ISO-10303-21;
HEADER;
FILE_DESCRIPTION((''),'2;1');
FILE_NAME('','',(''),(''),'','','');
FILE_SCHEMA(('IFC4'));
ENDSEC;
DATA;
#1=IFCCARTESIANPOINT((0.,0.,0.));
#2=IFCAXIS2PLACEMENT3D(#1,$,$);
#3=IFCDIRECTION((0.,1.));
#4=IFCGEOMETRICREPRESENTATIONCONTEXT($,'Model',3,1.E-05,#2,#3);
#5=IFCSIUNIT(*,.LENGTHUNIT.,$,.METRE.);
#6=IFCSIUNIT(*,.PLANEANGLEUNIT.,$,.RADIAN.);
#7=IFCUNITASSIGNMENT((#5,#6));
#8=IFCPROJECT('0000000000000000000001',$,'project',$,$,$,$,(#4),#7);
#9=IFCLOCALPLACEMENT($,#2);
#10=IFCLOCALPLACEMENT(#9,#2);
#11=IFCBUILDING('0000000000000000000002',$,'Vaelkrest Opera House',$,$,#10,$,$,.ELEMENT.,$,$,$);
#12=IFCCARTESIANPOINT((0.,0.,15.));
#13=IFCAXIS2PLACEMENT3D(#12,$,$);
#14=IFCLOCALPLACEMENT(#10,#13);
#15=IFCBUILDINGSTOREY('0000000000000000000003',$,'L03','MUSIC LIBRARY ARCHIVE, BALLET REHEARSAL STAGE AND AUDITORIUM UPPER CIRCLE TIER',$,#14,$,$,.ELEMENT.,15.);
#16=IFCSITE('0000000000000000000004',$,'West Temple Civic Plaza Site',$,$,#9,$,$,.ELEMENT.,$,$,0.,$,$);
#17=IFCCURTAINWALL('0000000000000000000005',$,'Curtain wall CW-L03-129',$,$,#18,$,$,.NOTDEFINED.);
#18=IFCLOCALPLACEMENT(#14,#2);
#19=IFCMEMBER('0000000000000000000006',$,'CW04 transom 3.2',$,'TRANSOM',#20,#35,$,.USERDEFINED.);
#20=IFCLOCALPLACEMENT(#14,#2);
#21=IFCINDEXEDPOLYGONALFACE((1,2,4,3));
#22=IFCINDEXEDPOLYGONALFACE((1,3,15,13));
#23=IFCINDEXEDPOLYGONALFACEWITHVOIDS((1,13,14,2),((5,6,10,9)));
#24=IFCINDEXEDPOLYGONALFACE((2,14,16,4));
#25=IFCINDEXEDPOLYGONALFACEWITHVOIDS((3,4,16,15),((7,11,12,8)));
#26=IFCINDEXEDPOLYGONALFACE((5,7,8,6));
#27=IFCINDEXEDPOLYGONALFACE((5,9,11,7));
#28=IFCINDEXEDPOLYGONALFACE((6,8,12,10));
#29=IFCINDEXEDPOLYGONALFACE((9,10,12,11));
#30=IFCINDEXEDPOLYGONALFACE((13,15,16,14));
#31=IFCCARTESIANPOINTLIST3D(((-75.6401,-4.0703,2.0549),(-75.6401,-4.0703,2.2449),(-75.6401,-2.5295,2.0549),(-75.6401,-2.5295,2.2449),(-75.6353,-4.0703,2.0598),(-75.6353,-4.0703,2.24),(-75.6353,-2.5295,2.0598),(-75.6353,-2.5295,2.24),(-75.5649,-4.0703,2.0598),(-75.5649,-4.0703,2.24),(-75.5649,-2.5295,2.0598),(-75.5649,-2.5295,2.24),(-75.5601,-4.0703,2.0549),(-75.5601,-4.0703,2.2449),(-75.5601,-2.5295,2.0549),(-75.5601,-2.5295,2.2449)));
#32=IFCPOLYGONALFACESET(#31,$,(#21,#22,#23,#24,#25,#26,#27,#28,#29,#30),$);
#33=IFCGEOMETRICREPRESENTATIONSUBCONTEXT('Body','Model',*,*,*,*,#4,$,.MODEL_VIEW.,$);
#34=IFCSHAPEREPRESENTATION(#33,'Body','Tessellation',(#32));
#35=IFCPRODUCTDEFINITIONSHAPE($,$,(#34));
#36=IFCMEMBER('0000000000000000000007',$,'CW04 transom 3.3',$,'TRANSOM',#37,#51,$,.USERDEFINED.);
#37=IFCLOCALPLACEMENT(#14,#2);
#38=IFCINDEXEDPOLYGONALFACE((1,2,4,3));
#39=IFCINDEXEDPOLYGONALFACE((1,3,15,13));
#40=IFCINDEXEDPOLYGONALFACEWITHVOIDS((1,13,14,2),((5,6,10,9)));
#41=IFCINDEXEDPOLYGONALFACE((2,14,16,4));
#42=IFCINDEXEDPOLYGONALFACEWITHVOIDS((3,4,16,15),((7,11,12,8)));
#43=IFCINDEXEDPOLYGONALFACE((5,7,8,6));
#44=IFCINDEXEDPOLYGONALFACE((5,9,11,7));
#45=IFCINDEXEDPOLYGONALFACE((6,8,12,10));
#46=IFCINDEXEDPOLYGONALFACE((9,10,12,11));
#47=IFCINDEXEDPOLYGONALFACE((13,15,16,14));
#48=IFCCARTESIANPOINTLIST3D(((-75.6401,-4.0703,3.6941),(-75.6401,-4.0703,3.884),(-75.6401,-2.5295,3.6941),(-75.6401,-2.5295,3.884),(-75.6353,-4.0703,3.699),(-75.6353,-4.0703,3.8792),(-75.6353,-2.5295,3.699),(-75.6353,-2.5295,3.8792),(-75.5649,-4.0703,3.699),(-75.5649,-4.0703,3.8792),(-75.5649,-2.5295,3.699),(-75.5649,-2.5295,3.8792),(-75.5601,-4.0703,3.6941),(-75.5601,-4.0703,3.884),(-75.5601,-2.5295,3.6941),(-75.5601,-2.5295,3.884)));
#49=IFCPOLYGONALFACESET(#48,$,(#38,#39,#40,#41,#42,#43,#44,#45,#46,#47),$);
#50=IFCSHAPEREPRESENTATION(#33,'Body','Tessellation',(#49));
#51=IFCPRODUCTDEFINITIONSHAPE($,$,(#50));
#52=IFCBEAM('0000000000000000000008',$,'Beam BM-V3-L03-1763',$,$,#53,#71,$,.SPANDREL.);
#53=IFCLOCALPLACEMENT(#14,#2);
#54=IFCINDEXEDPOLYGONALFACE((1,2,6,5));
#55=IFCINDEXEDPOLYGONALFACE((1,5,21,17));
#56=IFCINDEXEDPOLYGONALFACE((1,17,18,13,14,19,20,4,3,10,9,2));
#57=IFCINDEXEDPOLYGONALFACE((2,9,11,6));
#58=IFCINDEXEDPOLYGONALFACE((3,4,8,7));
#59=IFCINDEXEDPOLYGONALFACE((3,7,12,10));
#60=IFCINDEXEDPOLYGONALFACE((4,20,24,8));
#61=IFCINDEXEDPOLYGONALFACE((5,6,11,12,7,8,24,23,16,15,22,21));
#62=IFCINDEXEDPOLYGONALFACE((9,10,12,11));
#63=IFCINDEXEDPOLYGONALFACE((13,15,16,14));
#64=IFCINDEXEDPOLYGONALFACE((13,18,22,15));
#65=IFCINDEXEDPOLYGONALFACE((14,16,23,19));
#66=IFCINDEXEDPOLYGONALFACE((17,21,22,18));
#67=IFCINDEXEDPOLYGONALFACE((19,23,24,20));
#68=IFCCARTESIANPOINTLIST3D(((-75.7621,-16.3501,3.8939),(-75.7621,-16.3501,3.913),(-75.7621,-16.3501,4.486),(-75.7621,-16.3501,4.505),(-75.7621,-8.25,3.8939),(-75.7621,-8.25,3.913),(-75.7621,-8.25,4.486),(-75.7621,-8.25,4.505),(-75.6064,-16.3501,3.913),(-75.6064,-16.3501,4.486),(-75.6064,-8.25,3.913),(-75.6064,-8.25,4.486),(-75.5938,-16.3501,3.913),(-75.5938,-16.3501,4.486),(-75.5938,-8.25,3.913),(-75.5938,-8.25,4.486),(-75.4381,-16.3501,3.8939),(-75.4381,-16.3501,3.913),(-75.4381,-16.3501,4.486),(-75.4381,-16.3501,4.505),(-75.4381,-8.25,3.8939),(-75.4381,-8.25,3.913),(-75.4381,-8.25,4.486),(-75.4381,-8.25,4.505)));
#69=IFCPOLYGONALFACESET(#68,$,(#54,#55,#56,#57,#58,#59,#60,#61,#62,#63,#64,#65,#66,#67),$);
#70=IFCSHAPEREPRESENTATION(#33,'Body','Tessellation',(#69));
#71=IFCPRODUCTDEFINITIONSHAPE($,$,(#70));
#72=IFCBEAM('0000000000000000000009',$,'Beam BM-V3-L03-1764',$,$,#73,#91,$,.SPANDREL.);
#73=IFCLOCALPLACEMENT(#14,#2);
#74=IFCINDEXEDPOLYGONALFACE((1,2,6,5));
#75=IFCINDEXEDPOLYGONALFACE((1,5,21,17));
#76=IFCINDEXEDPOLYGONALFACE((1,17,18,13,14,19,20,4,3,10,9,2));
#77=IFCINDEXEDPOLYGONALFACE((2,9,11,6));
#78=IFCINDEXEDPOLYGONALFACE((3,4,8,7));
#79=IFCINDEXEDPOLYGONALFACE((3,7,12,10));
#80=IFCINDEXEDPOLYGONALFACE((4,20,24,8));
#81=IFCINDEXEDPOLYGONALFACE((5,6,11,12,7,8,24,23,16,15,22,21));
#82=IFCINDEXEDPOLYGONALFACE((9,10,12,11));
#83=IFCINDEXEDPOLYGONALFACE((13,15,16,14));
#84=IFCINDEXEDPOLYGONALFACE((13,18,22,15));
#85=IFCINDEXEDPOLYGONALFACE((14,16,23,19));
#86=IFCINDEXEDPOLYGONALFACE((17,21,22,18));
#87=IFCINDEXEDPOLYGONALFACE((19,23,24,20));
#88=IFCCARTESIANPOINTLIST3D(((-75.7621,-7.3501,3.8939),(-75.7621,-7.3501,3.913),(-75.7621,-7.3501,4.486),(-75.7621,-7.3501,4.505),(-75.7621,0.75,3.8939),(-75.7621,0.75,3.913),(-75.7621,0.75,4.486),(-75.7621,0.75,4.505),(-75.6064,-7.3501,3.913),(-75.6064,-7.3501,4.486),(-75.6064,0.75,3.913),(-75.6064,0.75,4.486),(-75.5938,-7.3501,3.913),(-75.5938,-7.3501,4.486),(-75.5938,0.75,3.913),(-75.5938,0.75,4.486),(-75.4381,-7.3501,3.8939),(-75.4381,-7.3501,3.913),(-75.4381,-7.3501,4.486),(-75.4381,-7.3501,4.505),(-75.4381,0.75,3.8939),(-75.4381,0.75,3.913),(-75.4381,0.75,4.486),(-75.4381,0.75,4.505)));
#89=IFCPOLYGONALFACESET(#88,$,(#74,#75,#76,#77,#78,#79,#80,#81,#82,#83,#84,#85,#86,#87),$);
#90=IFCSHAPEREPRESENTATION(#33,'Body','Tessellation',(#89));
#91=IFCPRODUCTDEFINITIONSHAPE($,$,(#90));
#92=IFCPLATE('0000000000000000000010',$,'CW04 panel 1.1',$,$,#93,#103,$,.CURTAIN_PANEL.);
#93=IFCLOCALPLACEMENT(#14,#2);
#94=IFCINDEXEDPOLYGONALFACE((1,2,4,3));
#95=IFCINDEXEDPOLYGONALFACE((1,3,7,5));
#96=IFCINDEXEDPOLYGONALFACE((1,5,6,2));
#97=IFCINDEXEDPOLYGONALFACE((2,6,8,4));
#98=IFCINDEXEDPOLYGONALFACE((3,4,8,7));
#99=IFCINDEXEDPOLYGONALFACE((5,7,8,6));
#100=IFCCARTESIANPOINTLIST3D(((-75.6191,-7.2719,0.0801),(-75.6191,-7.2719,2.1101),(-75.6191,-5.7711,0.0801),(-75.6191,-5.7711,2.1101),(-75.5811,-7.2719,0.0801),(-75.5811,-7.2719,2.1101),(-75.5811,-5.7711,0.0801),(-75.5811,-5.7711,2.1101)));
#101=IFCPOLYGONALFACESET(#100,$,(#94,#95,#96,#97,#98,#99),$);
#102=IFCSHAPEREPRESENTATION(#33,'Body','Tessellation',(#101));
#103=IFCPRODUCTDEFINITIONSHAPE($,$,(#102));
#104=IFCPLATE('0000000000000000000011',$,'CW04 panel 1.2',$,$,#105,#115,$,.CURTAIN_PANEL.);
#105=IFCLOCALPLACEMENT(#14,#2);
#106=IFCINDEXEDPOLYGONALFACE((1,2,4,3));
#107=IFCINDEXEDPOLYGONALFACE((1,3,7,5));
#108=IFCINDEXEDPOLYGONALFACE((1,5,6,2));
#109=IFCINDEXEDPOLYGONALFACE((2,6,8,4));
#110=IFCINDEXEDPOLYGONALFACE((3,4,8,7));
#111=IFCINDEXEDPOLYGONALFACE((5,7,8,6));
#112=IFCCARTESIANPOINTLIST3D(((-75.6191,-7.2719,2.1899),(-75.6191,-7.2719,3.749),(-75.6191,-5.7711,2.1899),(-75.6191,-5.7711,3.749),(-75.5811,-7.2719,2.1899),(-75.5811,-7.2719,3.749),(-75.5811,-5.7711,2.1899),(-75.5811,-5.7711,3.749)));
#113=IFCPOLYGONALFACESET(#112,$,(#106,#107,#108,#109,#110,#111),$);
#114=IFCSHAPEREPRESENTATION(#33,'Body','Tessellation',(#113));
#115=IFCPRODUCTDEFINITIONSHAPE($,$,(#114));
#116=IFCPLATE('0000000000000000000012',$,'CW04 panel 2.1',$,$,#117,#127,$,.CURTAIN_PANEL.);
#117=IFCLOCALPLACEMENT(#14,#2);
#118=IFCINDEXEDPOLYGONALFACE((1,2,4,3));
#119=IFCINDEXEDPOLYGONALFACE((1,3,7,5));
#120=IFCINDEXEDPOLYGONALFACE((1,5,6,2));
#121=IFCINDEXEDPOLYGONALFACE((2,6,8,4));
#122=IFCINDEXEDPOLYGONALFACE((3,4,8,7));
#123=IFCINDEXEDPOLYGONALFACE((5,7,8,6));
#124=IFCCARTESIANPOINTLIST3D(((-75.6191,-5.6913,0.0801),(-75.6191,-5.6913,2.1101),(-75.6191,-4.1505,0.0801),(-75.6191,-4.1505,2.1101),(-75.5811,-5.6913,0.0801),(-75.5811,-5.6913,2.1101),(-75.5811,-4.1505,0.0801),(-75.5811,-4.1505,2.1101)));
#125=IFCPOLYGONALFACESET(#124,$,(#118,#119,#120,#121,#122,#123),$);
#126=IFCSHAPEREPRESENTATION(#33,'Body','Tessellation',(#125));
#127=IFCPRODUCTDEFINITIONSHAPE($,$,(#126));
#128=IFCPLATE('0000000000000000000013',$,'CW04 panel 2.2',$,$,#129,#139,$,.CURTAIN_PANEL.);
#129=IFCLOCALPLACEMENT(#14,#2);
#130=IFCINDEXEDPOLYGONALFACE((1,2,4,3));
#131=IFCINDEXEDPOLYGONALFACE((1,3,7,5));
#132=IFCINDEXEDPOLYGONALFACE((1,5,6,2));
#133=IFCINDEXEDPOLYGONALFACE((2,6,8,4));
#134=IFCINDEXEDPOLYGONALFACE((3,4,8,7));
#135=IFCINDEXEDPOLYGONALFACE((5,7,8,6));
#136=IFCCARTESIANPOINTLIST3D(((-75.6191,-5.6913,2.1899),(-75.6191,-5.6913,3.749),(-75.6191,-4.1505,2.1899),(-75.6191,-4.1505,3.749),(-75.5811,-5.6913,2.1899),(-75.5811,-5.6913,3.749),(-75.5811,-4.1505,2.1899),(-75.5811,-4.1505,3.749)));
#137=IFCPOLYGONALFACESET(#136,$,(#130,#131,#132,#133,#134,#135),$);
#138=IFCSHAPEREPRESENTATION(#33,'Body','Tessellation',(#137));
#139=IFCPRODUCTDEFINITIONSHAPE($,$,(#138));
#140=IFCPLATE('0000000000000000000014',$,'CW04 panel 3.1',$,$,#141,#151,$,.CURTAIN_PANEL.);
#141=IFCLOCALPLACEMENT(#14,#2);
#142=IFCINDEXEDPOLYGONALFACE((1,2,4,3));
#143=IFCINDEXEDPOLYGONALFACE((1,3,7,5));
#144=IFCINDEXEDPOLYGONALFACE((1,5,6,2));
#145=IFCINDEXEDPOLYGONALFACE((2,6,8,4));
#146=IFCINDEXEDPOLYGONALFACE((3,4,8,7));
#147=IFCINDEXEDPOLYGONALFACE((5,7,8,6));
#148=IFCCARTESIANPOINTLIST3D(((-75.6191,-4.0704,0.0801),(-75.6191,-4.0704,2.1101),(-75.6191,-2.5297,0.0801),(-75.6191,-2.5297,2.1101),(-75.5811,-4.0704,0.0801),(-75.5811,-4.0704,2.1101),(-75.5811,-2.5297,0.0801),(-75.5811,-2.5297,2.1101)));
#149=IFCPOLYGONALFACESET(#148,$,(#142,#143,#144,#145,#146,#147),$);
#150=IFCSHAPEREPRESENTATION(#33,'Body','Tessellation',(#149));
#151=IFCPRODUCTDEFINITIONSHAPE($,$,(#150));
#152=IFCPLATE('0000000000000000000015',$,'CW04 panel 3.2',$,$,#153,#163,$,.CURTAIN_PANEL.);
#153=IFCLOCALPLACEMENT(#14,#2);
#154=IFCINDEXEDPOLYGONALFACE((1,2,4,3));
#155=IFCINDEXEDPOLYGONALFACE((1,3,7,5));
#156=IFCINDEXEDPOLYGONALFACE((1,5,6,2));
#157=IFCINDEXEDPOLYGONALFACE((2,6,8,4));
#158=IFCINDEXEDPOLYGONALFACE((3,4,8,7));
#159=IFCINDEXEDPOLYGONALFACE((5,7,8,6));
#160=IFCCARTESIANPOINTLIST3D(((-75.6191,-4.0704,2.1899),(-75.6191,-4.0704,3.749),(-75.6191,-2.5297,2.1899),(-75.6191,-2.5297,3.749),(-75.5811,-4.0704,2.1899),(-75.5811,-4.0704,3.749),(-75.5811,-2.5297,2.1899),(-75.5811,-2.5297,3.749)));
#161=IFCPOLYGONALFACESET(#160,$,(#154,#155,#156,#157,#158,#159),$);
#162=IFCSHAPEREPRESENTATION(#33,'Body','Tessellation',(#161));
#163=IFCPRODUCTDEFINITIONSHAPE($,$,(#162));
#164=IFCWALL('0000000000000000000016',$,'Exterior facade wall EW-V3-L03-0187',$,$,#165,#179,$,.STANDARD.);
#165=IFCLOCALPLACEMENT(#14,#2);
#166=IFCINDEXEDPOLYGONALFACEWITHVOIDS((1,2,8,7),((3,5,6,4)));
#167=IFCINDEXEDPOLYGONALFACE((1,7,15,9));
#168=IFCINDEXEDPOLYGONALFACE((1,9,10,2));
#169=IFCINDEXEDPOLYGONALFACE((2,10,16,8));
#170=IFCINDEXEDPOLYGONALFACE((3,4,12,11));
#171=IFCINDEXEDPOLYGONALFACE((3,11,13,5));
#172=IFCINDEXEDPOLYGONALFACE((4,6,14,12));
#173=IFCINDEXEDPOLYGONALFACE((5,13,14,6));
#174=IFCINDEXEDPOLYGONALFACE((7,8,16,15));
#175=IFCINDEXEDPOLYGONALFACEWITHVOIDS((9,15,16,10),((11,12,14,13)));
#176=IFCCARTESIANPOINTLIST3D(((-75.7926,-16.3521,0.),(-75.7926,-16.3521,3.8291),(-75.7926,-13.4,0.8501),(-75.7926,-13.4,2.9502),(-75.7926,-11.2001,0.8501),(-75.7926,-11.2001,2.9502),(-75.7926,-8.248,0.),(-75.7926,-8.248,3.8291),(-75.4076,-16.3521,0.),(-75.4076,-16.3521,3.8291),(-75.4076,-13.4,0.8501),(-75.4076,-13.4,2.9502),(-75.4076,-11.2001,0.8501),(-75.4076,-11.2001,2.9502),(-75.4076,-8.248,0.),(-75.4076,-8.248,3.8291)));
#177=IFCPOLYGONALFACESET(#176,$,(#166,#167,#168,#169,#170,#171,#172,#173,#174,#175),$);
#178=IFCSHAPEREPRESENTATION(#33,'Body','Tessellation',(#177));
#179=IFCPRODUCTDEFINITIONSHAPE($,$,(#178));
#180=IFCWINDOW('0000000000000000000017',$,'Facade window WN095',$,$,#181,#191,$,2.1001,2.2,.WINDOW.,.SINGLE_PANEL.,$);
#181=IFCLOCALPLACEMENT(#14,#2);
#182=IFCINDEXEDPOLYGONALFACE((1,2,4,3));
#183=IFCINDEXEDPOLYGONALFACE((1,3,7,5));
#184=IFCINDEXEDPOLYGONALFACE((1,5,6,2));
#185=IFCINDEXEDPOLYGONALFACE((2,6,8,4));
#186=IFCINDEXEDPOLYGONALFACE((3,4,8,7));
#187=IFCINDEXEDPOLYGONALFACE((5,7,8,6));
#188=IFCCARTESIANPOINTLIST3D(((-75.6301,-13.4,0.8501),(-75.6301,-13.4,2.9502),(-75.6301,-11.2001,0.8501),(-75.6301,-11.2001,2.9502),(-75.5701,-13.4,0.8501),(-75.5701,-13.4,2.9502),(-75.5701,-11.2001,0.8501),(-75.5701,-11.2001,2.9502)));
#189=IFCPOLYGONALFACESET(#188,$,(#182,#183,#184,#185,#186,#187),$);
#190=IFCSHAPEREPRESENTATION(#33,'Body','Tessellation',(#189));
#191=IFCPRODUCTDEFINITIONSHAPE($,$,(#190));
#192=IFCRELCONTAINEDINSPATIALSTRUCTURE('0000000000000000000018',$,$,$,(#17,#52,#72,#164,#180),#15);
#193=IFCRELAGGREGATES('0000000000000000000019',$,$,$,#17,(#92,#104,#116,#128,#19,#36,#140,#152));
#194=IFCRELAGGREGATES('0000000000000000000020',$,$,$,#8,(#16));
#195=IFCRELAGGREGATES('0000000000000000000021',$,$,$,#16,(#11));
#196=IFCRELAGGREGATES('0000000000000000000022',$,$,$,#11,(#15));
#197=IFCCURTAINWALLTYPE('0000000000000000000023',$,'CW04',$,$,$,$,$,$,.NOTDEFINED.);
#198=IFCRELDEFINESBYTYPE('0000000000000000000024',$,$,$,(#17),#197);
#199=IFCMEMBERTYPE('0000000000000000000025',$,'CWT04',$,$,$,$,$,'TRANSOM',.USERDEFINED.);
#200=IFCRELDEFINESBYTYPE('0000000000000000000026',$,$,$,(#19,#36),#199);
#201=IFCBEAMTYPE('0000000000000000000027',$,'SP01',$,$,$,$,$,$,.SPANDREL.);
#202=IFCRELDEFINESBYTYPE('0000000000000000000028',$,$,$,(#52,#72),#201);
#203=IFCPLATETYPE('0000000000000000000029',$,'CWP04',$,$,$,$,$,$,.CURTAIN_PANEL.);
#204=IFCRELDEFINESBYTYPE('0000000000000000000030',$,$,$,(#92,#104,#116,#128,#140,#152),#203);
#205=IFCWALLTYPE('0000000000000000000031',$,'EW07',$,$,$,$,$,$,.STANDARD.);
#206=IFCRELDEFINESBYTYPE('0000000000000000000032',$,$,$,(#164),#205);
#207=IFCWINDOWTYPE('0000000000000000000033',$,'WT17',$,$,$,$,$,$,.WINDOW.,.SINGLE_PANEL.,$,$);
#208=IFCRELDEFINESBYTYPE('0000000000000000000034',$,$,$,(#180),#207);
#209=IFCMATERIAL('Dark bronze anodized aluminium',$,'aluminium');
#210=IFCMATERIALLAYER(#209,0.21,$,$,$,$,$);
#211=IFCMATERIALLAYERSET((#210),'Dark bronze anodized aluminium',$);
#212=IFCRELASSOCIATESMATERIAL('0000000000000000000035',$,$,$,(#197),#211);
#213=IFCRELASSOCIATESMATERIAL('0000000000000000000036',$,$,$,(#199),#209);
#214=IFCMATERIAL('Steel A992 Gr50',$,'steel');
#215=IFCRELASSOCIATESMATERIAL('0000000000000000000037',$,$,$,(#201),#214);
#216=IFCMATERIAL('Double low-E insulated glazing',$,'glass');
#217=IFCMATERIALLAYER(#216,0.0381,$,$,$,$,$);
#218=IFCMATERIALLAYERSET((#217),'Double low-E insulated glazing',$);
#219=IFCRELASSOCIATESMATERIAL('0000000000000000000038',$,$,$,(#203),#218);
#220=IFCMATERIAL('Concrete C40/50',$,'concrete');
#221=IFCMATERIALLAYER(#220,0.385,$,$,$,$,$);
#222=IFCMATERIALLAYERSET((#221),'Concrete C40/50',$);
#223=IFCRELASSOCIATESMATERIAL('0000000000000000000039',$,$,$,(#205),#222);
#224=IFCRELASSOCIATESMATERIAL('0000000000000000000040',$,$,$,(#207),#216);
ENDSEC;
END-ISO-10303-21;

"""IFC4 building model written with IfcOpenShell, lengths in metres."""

from ifc_helpers import new_model, si_unit, direction, frame, frame_2d, origin, origin_2d, place, context, subcontext, project, spatial, rectangle, hollow_rectangle, i_section, extrude, material, layer, layer_set, material_profile, profile_set, type_object, element, fill, aggregate, save


model = new_model("IFC4")

# Units and contexts
model_context = context("Model", 3, precision=1e-05, world=origin(), true_north=direction((0.0, 1.0)))
body_context = subcontext(model_context, "Body", "Model", "MODEL_VIEW")
ifc_project = project(units=[si_unit("LENGTHUNIT", "METRE"), si_unit("PLANEANGLEUNIT", "RADIAN")], contexts=[model_context])

# Site, building, storey
site_placement = place(None, origin())
site = spatial("IfcSite", under=ifc_project, at=site_placement, Name="West Temple Civic Plaza Site", CompositionType="ELEMENT", RefElevation=0.0)
building_placement = place(site_placement, origin())
building = spatial("IfcBuilding", under=site, at=building_placement, Name="Vaelkrest Opera House", CompositionType="ELEMENT")
storey_placement = place(building_placement, frame((0.0, 0.0, 15.0)))
storey = spatial("IfcBuildingStorey", under=building, at=storey_placement, Name="L03", Description="MUSIC LIBRARY ARCHIVE, BALLET REHEARSAL STAGE AND AUDITORIUM UPPER CIRCLE TIER", CompositionType="ELEMENT", Elevation=15.0)

# Curtain wall, members
ifc_material_1 = material(Name="Dark bronze anodized aluminium", Category="aluminium")
ifc_layer_1 = layer(ifc_material_1, 0.21)
ifc_layer_set_1 = layer_set([ifc_layer_1], Name="Dark bronze anodized aluminium")
curtain_wall_type = type_object("IfcCurtainWallType", Name="CW04", PredefinedType="NOTDEFINED", material=ifc_layer_set_1)
curtain_wall_placement = place(storey_placement, origin())
curtain_wall = element("IfcCurtainWall", 1, at=curtain_wall_placement, inside=storey, type_object=curtain_wall_type, Name="Curtain wall CW-L03-129", PredefinedType="NOTDEFINED")
ifc_material_profile_1 = material_profile(ifc_material_1, hollow_rectangle(XDim=0.0801, YDim=0.1899, WallThickness=0.0049, at=origin_2d()), Name="CWT80X190")
ifc_profile_set_1 = profile_set([ifc_material_profile_1], Name="Dark bronze anodized aluminium")
member_type_1 = type_object("IfcMemberType", Name="CWT04", ElementType="TRANSOM", PredefinedType="USERDEFINED", material=ifc_profile_set_1)
member_1_placement = place(storey_placement, frame((-75.6001, -4.0703, 2.1499), z_axis=(0.0, 1.0, 0.0), x_axis=(-1.0, 0.0, 0.0)))
member_1 = element("IfcMember", 2, at=member_1_placement, type_object=member_type_1, Name="CW04 transom 3.2", ObjectType="TRANSOM", PredefinedType="USERDEFINED", context=body_context, shape_type="SweptSolid", body=[
    extrude(hollow_rectangle(XDim=0.0801, YDim=0.1899, WallThickness=0.0049, at=origin_2d()), origin(), (0.0, 0.0, 1.0), 1.5408),
])
member_2_placement = place(storey_placement, frame((-75.6001, -4.0703, 3.7891), z_axis=(0.0, 1.0, 0.0), x_axis=(-1.0, 0.0, 0.0)))
member_2 = element("IfcMember", 3, at=member_2_placement, type_object=member_type_1, Name="CW04 transom 3.3", ObjectType="TRANSOM", PredefinedType="USERDEFINED", context=body_context, shape_type="SweptSolid", body=[
    extrude(hollow_rectangle(XDim=0.0801, YDim=0.1899, WallThickness=0.0049, at=origin_2d()), origin(), (0.0, 0.0, 1.0), 1.5408),
])

# Beams
ifc_material_2 = material(Name="Steel A992 Gr50", Category="steel")
ifc_material_profile_2 = material_profile(ifc_material_2, i_section(OverallWidth=0.324, OverallDepth=0.6111, WebThickness=0.0127, FlangeThickness=0.019, at=origin_2d()), Name="W24X104")
ifc_profile_set_2 = profile_set([ifc_material_profile_2], Name="Steel A992 Gr50")
beam_type = type_object("IfcBeamType", Name="SP01", PredefinedType="SPANDREL", material=ifc_profile_set_2)
for number, where, z_axis, x_axis, name in (
    (4, (-75.6001, -16.3501, 4.1995), (0.0, 1.0, 0.0), (-1.0, 0.0, 0.0), "Beam BM-V3-L03-1763"),
    (5, (-75.6001, -7.3501, 4.1995), (0.0, 1.0, 0.0), (-1.0, 0.0, 0.0), "Beam BM-V3-L03-1764"),
):
    element("IfcBeam", number, at=place(storey_placement, frame(where, z_axis=z_axis, x_axis=x_axis)), inside=storey, type_object=beam_type, Name=name, PredefinedType="SPANDREL", context=body_context, shape_type="SweptSolid", body=[
        extrude(i_section(OverallWidth=0.324, OverallDepth=0.6111, WebThickness=0.0127, FlangeThickness=0.019, at=origin_2d()), origin(), (0.0, 0.0, 1.0), 8.1001),
    ])

# Plates
ifc_material_3 = material(Name="Double low-E insulated glazing", Category="glass")
ifc_layer_2 = layer(ifc_material_3, 0.0381)
ifc_layer_set_2 = layer_set([ifc_layer_2], Name="Double low-E insulated glazing")
plate_type = type_object("IfcPlateType", Name="CWP04", PredefinedType="CURTAIN_PANEL", material=ifc_layer_set_2)
plate_1_placement = place(storey_placement, frame((-75.6001, -6.5215, 0.0801), z_axis=(0.0, 0.0, 1.0), x_axis=(0.0, 1.0, 0.0)))
plate_1 = element("IfcPlate", 6, at=plate_1_placement, type_object=plate_type, Name="CW04 panel 1.1", PredefinedType="CURTAIN_PANEL", context=body_context, shape_type="SweptSolid", body=[
    extrude(rectangle(XDim=1.5007, YDim=0.0381, at=origin_2d()), origin(), (0.0, 0.0, 1.0), 2.03),
])
plate_2_placement = place(storey_placement, frame((-75.6001, -6.5215, 2.1899), z_axis=(0.0, 0.0, 1.0), x_axis=(0.0, 1.0, 0.0)))
plate_2 = element("IfcPlate", 7, at=plate_2_placement, type_object=plate_type, Name="CW04 panel 1.2", PredefinedType="CURTAIN_PANEL", context=body_context, shape_type="SweptSolid", body=[
    extrude(rectangle(XDim=1.5007, YDim=0.0381, at=origin_2d()), origin(), (0.0, 0.0, 1.0), 1.5591),
])
plate_3_placement = place(storey_placement, frame((-75.6001, -4.9209, 0.0801), z_axis=(0.0, 0.0, 1.0), x_axis=(0.0, 1.0, 0.0)))
plate_3 = element("IfcPlate", 8, at=plate_3_placement, type_object=plate_type, Name="CW04 panel 2.1", PredefinedType="CURTAIN_PANEL", context=body_context, shape_type="SweptSolid", body=[
    extrude(rectangle(XDim=1.5408, YDim=0.0381, at=origin_2d()), origin(), (0.0, 0.0, 1.0), 2.03),
])
plate_4_placement = place(storey_placement, frame((-75.6001, -4.9209, 2.1899), z_axis=(0.0, 0.0, 1.0), x_axis=(0.0, 1.0, 0.0)))
plate_4 = element("IfcPlate", 9, at=plate_4_placement, type_object=plate_type, Name="CW04 panel 2.2", PredefinedType="CURTAIN_PANEL", context=body_context, shape_type="SweptSolid", body=[
    extrude(rectangle(XDim=1.5408, YDim=0.0381, at=origin_2d()), origin(), (0.0, 0.0, 1.0), 1.5591),
])
plate_5_placement = place(storey_placement, frame((-75.6001, -3.3, 0.0801), z_axis=(0.0, 0.0, 1.0), x_axis=(0.0, 1.0, 0.0)))
plate_5 = element("IfcPlate", 10, at=plate_5_placement, type_object=plate_type, Name="CW04 panel 3.1", PredefinedType="CURTAIN_PANEL", context=body_context, shape_type="SweptSolid", body=[
    extrude(rectangle(XDim=1.5408, YDim=0.0381, at=origin_2d()), origin(), (0.0, 0.0, 1.0), 2.03),
])
plate_6_placement = place(storey_placement, frame((-75.6001, -3.3, 2.1899), z_axis=(0.0, 0.0, 1.0), x_axis=(0.0, 1.0, 0.0)))
plate_6 = element("IfcPlate", 11, at=plate_6_placement, type_object=plate_type, Name="CW04 panel 3.2", PredefinedType="CURTAIN_PANEL", context=body_context, shape_type="SweptSolid", body=[
    extrude(rectangle(XDim=1.5408, YDim=0.0381, at=origin_2d()), origin(), (0.0, 0.0, 1.0), 1.5591),
])
aggregate(curtain_wall, [plate_1, plate_2, plate_3, plate_4, member_1, member_2, plate_5, plate_6])

# Wall, opening, window
ifc_material_4 = material(Name="Concrete C40/50", Category="concrete")
ifc_layer_3 = layer(ifc_material_4, 0.385)
ifc_layer_set_3 = layer_set([ifc_layer_3], Name="Concrete C40/50")
wall_type = type_object("IfcWallType", Name="EW07", PredefinedType="STANDARD", material=ifc_layer_set_3)
wall_placement = place(storey_placement, frame((-75.6001, -16.3521, 0.0), z_axis=(0.0, 0.0, 1.0), x_axis=(0.0, 1.0, 0.0)))
wall = element("IfcWall", 12, at=wall_placement, inside=storey, type_object=wall_type, Name="Exterior facade wall EW-V3-L03-0187", PredefinedType="STANDARD", context=body_context, shape_type="SweptSolid", body=[
    extrude(rectangle(XDim=8.104, YDim=0.385, at=frame_2d((4.052, 0.0))), origin(), (0.0, 0.0, 1.0), 3.8291),
])
opening_placement = place(wall_placement, frame((2.9519, 0.0, 0.8501)))
opening = element("IfcOpeningElement", 13, at=opening_placement, cuts=wall, PredefinedType="OPENING", context=body_context, shape_type="SweptSolid", body=[
    extrude(rectangle(XDim=2.2, YDim=2.1001, at=frame_2d((1.1001, 1.05))), frame((0.0, 0.2024, 0.0), z_axis=(0.0, -1.0, 0.0), x_axis=(1.0, 0.0, 0.0)), (0.0, 0.0, 1.0), 0.405),
])
window_type = type_object("IfcWindowType", Name="WT17", PartitioningType="SINGLE_PANEL", PredefinedType="WINDOW", material=ifc_material_3)
window_placement = place(opening_placement, origin())
window = element("IfcWindow", 14, at=window_placement, inside=storey, type_object=window_type, Name="Facade window WN095", OverallHeight=2.1001, OverallWidth=2.2, PartitioningType="SINGLE_PANEL", PredefinedType="WINDOW", context=body_context, shape_type="SweptSolid", body=[
    extrude(rectangle(XDim=2.2, YDim=2.1001, at=frame_2d((1.1001, 1.05))), frame((0.0, 0.03, 0.0), z_axis=(0.0, -1.0, 0.0), x_axis=(1.0, 0.0, 0.0)), (0.0, 0.0, 1.0), 0.0601),
])
fill(opening, window)

save(model, "model.ifc")
